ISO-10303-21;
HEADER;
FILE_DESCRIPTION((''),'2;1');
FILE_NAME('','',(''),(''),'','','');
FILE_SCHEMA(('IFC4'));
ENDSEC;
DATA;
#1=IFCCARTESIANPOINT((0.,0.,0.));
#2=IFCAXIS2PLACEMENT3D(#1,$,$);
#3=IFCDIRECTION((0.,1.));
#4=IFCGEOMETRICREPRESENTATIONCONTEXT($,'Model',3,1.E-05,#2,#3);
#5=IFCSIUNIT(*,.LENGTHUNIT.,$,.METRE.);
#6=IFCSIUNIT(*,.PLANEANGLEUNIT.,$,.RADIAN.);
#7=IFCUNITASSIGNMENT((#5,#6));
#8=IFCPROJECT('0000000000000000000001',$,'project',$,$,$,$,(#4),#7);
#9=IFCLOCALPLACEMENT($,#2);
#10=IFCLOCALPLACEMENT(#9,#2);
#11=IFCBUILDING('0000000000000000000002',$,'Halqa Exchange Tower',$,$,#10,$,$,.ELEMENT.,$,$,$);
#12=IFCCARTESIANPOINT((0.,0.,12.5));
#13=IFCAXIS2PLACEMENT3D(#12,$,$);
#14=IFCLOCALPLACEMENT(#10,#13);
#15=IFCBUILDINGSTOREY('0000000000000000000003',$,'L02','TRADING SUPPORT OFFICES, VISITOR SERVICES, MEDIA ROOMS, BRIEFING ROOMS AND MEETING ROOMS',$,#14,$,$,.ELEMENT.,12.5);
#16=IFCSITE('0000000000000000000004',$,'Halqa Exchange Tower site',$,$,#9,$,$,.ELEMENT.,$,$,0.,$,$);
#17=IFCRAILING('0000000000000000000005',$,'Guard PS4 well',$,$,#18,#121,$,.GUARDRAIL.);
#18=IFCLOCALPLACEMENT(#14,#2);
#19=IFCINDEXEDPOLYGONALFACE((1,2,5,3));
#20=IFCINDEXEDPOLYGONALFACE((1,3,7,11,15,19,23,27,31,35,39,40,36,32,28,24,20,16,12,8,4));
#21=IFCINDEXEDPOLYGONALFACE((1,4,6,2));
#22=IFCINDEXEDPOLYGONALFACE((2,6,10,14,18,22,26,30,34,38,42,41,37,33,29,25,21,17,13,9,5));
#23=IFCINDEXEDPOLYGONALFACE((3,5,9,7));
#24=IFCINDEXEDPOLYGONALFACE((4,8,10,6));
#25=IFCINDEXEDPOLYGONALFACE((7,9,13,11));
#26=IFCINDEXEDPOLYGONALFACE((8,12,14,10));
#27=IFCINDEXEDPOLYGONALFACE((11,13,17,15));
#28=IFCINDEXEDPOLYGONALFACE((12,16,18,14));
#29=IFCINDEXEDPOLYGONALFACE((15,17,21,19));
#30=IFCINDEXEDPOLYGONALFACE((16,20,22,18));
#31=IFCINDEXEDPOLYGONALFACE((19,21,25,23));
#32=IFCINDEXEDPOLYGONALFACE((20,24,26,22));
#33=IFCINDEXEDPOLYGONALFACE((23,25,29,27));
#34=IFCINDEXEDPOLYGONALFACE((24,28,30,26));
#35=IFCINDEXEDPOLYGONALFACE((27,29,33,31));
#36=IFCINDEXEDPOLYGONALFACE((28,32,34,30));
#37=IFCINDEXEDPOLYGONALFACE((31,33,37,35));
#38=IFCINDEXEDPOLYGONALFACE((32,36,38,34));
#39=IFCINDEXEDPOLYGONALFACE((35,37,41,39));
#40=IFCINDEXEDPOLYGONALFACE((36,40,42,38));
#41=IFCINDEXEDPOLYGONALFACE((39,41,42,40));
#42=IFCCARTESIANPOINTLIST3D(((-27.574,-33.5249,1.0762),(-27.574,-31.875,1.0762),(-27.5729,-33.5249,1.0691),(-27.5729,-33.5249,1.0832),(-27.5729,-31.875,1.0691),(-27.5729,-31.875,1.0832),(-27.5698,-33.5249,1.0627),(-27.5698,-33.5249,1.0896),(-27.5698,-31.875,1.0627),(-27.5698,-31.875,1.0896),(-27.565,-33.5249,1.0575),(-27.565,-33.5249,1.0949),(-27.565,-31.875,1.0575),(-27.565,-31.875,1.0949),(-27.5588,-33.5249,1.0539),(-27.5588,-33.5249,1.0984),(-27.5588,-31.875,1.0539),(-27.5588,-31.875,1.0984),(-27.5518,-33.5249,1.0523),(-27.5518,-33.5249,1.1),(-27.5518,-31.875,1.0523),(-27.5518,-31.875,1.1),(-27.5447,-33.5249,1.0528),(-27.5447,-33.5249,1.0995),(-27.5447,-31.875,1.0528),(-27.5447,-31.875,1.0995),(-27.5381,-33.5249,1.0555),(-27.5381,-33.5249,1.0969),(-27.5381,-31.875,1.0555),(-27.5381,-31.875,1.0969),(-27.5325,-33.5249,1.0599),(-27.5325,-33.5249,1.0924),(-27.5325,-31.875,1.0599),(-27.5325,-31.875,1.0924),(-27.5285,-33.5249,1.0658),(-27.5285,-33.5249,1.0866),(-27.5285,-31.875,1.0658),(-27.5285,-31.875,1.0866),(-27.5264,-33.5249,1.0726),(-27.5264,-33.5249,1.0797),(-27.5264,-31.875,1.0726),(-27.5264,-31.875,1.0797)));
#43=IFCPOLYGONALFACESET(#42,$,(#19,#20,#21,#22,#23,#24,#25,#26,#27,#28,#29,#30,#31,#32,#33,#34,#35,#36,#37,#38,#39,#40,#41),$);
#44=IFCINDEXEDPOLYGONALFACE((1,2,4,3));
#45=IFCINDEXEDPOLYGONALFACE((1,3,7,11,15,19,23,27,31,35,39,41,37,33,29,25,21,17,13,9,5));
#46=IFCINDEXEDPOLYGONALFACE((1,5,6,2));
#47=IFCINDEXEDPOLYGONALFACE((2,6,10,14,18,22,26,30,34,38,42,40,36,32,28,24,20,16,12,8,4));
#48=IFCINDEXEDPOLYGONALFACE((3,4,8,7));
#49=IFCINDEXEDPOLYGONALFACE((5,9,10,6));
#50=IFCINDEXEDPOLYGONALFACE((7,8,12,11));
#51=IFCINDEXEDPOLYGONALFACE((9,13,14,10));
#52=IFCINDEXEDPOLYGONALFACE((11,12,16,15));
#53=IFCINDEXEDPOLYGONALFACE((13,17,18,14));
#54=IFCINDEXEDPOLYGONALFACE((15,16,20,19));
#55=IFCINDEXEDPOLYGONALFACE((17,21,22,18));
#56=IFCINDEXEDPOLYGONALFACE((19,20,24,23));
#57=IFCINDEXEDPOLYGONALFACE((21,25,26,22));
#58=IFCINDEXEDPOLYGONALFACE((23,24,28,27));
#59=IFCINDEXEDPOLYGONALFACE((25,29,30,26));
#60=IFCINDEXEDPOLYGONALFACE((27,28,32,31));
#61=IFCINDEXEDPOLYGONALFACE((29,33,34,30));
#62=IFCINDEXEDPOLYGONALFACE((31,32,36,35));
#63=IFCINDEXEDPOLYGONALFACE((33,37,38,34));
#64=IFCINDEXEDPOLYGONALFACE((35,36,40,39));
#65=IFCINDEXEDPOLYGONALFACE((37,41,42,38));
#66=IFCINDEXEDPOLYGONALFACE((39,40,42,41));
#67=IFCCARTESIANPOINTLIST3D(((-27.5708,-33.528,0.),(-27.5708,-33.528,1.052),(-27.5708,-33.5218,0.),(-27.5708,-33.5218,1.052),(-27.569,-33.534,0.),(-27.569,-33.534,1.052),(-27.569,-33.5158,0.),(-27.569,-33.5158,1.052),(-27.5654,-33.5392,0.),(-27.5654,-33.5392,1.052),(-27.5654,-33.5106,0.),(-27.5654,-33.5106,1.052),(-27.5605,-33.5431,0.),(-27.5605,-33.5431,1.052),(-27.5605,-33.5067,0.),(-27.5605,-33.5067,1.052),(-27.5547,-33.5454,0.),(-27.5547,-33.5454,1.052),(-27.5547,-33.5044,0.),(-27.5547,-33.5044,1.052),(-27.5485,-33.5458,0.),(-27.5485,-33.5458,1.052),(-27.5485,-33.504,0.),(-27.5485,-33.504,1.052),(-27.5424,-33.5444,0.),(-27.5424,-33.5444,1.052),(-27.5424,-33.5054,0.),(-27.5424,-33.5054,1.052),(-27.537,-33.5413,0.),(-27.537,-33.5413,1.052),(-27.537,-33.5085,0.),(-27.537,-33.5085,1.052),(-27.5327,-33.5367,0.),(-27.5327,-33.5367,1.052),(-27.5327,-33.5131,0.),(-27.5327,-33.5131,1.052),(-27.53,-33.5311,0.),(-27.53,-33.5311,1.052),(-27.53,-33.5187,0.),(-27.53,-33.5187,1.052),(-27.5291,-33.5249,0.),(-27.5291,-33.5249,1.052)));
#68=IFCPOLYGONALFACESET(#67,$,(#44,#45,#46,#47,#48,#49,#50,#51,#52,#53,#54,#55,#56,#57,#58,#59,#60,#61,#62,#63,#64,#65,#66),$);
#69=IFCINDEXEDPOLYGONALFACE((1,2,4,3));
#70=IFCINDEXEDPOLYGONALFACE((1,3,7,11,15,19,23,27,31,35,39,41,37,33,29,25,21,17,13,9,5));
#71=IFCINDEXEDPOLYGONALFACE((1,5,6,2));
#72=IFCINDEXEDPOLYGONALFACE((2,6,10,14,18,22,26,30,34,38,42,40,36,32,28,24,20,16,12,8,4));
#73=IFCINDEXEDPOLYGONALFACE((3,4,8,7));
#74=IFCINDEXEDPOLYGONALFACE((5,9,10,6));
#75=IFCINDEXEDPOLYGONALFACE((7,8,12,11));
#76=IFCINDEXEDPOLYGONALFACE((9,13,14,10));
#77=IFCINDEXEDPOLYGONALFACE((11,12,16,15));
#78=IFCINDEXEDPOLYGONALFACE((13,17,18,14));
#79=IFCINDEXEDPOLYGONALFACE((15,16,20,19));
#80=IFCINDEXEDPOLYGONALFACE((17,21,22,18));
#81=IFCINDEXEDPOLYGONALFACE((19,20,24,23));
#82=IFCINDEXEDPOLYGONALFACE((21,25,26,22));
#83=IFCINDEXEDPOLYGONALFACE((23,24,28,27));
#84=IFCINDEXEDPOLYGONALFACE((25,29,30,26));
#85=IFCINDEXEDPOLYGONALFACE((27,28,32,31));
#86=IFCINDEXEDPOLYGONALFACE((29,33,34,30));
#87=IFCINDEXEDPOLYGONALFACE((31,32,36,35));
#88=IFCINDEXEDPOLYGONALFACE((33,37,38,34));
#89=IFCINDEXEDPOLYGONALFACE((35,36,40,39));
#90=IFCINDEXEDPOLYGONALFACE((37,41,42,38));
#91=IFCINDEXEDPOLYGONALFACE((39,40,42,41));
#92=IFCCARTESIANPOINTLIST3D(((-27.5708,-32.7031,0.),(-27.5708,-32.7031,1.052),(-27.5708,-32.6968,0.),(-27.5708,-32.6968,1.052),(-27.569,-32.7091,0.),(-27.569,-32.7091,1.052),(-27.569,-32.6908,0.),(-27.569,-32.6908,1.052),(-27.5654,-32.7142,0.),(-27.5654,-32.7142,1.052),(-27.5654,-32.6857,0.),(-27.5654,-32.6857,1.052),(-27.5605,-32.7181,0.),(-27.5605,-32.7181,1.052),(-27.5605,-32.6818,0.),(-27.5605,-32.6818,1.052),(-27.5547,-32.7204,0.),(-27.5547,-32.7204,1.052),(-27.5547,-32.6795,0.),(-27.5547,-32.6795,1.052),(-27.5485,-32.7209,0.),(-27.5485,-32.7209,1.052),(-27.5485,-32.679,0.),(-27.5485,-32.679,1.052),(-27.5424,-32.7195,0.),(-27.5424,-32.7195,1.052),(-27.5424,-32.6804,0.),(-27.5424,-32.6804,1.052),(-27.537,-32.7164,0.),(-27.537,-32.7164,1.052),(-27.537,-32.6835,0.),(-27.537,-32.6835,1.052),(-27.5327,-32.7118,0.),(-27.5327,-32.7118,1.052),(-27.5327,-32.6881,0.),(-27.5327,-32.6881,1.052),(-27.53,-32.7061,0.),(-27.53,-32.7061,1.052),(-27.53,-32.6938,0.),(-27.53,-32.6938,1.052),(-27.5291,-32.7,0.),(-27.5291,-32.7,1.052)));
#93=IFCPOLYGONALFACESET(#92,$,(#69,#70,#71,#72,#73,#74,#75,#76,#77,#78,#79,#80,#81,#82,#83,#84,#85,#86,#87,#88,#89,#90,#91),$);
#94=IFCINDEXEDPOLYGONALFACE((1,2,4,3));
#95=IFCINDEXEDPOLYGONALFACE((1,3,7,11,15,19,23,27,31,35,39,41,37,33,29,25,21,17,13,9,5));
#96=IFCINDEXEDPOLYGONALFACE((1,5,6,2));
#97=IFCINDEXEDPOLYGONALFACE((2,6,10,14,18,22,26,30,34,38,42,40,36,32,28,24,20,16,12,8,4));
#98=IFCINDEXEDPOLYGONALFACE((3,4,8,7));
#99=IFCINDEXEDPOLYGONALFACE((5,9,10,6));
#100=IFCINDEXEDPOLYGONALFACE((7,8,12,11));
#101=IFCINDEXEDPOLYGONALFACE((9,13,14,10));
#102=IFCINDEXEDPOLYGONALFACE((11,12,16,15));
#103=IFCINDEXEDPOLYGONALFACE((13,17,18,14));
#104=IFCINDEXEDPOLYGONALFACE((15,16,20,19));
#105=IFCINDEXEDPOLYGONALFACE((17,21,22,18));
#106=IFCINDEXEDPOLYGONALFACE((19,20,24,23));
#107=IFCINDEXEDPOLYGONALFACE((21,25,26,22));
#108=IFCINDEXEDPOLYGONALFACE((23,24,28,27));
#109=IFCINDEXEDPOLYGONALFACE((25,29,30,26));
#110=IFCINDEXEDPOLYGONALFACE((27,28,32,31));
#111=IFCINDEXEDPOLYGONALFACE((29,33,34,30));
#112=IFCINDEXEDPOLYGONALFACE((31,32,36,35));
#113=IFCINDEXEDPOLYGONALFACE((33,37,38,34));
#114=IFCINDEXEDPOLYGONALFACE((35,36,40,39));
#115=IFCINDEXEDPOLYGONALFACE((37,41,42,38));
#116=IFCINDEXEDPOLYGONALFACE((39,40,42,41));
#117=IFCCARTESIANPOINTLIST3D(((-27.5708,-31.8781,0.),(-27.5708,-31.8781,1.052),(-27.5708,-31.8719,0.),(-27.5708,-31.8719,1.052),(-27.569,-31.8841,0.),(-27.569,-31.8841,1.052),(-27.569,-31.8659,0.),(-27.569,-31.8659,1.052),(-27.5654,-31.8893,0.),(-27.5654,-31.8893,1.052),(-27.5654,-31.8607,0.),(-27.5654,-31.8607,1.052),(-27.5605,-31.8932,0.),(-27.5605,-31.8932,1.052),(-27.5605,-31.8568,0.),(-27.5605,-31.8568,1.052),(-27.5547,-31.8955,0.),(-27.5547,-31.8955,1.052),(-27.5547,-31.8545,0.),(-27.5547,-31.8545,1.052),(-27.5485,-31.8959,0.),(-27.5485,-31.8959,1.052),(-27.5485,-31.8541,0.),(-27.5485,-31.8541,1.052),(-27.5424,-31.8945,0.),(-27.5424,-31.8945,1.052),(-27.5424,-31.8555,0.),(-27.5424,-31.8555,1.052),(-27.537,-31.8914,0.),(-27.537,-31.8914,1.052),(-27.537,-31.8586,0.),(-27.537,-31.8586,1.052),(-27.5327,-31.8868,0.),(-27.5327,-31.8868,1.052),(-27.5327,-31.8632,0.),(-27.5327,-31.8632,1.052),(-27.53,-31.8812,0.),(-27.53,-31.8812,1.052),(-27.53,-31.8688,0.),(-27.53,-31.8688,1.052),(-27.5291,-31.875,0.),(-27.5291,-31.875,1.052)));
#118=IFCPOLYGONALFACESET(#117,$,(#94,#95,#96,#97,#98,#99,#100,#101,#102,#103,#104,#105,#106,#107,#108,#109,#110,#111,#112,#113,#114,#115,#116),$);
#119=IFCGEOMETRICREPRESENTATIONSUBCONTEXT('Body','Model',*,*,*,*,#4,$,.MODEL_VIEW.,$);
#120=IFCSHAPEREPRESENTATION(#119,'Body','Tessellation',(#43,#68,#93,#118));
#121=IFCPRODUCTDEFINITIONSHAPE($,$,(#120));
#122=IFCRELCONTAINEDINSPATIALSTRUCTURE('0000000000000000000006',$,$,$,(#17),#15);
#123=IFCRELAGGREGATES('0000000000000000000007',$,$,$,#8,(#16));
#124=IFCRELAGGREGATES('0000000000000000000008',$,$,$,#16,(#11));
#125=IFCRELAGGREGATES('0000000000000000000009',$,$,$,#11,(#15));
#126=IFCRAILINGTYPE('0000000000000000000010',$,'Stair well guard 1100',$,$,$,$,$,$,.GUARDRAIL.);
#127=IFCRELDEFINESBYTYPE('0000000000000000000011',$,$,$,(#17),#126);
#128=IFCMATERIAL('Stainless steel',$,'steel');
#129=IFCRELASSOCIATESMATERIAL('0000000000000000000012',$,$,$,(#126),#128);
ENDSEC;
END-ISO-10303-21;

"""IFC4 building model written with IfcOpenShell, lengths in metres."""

from ifc_helpers import new_model, si_unit, direction, frame, origin, origin_2d, place, context, subcontext, project, spatial, circle, extrude, material, type_object, element, save


model = new_model("IFC4")

# Units and contexts
model_context = context("Model", 3, precision=1e-05, world=origin(), true_north=direction((0.0, 1.0)))
body_context = subcontext(model_context, "Body", "Model", "MODEL_VIEW")
ifc_project = project(units=[si_unit("LENGTHUNIT", "METRE"), si_unit("PLANEANGLEUNIT", "RADIAN")], contexts=[model_context])

# Site, building, storey
site_placement = place(None, origin())
site = spatial("IfcSite", under=ifc_project, at=site_placement, Name="Halqa Exchange Tower site", CompositionType="ELEMENT", RefElevation=0.0)
building_placement = place(site_placement, origin())
building = spatial("IfcBuilding", under=site, at=building_placement, Name="Halqa Exchange Tower", CompositionType="ELEMENT")
storey_placement = place(building_placement, frame((0.0, 0.0, 12.5)))
storey = spatial("IfcBuildingStorey", under=building, at=storey_placement, Name="L02", Description="TRADING SUPPORT OFFICES, VISITOR SERVICES, MEDIA ROOMS, BRIEFING ROOMS AND MEETING ROOMS", CompositionType="ELEMENT", Elevation=12.5)

# Railing
ifc_material_1 = material(Name="Stainless steel", Category="steel")
railing_type_1 = type_object("IfcRailingType", Name="Stair well guard 1100", PredefinedType="GUARDRAIL", material=ifc_material_1)
railing_1_placement = place(storey_placement, frame((-27.55, -33.5249, 0.0)))
element("IfcRailing", 1, at=railing_1_placement, inside=storey, type_object=railing_type_1, Name="Guard PS4 well", PredefinedType="GUARDRAIL", context=body_context, shape_type="SweptSolid", body=[
    extrude(circle(Radius=0.0239, at=origin_2d()), frame((0.0, 0.0, 1.0762), z_axis=(0.0, 1.0, 0.0), x_axis=(-1.0, 0.0, 0.0)), (0.0, 0.0, 1.0), 1.6499),
    extrude(circle(Radius=0.021, at=origin_2d()), origin(), (0.0, 0.0, 1.0), 1.052),
    extrude(circle(Radius=0.021, at=origin_2d()), frame((0.0, 0.825, 0.0)), (0.0, 0.0, 1.0), 1.052),
    extrude(circle(Radius=0.021, at=origin_2d()), frame((0.0, 1.6499, 0.0)), (0.0, 0.0, 1.0), 1.052),
])

save(model, "model.ifc")
